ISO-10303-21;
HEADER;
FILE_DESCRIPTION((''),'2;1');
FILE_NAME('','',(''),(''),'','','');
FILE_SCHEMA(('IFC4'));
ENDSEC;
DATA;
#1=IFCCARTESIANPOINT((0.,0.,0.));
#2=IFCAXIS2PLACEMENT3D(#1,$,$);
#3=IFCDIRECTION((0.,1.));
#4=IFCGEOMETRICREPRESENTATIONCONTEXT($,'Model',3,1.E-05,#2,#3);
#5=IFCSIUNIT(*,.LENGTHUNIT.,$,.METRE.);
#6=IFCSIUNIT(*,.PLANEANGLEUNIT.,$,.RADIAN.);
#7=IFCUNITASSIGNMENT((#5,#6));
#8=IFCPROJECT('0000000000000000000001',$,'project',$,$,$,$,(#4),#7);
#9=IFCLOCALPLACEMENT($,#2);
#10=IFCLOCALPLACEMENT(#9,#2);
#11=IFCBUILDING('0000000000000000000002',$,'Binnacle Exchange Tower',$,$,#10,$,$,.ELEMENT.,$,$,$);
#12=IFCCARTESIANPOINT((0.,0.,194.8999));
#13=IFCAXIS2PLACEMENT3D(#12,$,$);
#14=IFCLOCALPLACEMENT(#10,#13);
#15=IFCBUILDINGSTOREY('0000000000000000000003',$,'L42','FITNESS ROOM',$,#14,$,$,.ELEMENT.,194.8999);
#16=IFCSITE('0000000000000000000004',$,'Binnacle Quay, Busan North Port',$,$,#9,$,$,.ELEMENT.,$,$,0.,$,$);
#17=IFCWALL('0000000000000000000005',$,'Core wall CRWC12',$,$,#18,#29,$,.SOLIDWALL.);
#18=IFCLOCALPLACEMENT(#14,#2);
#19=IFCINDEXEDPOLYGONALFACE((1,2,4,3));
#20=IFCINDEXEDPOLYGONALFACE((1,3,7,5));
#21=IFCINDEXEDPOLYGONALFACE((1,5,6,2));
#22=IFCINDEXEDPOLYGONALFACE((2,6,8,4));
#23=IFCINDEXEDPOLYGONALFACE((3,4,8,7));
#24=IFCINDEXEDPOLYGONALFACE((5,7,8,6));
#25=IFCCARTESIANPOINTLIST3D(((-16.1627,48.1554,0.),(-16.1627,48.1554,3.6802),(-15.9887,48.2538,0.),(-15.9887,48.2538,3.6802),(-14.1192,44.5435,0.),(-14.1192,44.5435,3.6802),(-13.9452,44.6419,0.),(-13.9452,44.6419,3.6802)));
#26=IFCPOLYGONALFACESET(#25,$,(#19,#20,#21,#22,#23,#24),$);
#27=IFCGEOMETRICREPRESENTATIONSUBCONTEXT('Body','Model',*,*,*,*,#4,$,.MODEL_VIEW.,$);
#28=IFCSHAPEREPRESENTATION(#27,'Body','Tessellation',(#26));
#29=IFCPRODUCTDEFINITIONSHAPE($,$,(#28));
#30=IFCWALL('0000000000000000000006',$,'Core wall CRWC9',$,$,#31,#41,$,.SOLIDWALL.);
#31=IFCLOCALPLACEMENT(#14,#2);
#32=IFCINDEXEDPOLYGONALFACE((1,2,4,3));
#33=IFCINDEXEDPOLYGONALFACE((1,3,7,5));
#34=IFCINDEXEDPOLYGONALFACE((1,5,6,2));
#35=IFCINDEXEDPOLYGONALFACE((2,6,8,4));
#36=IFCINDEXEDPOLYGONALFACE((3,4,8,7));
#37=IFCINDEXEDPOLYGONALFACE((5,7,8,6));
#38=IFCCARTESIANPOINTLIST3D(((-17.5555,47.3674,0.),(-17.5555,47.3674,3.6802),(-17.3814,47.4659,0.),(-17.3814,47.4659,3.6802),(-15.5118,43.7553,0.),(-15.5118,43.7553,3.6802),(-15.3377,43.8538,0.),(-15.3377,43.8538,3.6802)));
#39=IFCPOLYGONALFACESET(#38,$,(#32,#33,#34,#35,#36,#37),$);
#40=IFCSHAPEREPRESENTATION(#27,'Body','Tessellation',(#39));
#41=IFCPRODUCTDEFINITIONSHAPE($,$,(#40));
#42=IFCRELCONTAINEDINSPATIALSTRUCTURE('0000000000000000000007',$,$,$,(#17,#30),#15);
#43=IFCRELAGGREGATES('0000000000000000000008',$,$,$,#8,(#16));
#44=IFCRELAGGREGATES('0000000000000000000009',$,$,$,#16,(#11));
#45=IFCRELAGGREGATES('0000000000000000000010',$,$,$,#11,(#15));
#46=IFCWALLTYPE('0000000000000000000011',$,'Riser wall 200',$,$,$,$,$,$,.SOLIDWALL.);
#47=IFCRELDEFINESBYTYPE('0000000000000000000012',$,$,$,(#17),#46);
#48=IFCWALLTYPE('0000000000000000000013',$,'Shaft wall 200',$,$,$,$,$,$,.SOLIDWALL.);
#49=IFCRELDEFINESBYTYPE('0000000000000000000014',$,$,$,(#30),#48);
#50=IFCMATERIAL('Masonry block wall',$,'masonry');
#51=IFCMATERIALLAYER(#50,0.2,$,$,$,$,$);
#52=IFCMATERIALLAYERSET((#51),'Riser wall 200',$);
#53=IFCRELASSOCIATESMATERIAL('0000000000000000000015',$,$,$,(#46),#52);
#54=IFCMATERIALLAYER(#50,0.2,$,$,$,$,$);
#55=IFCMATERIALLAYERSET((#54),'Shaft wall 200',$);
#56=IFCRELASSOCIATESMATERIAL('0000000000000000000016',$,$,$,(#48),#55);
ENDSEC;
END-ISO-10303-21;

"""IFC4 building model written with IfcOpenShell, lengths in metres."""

from ifc_helpers import new_model, si_unit, direction, frame, frame_2d, origin, place, context, subcontext, project, spatial, rectangle, extrude, material, layer, layer_set, type_object, element, save


model = new_model("IFC4")

# Units and contexts
model_context = context("Model", 3, precision=1e-05, world=origin(), true_north=direction((0.0, 1.0)))
body_context = subcontext(model_context, "Body", "Model", "MODEL_VIEW")
ifc_project = project(units=[si_unit("LENGTHUNIT", "METRE"), si_unit("PLANEANGLEUNIT", "RADIAN")], contexts=[model_context])

# Site, building, storey
site_placement = place(None, origin())
site = spatial("IfcSite", under=ifc_project, at=site_placement, Name="Binnacle Quay, Busan North Port", CompositionType="ELEMENT", RefElevation=0.0)
building_placement = place(site_placement, origin())
building = spatial("IfcBuilding", under=site, at=building_placement, Name="Binnacle Exchange Tower", CompositionType="ELEMENT")
storey_placement = place(building_placement, frame((0.0, 0.0, 194.8999)))
storey = spatial("IfcBuildingStorey", under=building, at=storey_placement, Name="L42", Description="FITNESS ROOM", CompositionType="ELEMENT", Elevation=194.8999)

# Walls
ifc_material_1 = material(Name="Masonry block wall", Category="masonry")
ifc_layer_1 = layer(ifc_material_1, 0.2)
ifc_layer_set_1 = layer_set([ifc_layer_1], Name="Riser wall 200")
wall_type_1 = type_object("IfcWallType", Name="Riser wall 200", PredefinedType="SOLIDWALL", material=ifc_layer_set_1)
wall_1_placement = place(storey_placement, frame((-16.0757, 48.2046, 0.0), z_axis=(0.0, 0.0, 1.0), x_axis=(0.492422, -0.870357, 0.0)))
element("IfcWall", 1, at=wall_1_placement, inside=storey, type_object=wall_type_1, Name="Core wall CRWC12", PredefinedType="SOLIDWALL", context=body_context, shape_type="SweptSolid", body=[
    extrude(rectangle(XDim=4.1499, YDim=0.2, at=frame_2d((2.075, 0.0))), origin(), (0.0, 0.0, 1.0), 3.6802),
])
ifc_layer_2 = layer(ifc_material_1, 0.2)
ifc_layer_set_2 = layer_set([ifc_layer_2], Name="Shaft wall 200")
wall_type_2 = type_object("IfcWallType", Name="Shaft wall 200", PredefinedType="SOLIDWALL", material=ifc_layer_set_2)
wall_2_placement = place(storey_placement, frame((-17.4685, 47.4167, 0.0), z_axis=(0.0, 0.0, 1.0), x_axis=(0.492441, -0.870346, 0.0)))
element("IfcWall", 2, at=wall_2_placement, inside=storey, type_object=wall_type_2, Name="Core wall CRWC9", PredefinedType="SOLIDWALL", context=body_context, shape_type="SweptSolid", body=[
    extrude(rectangle(XDim=4.1501, YDim=0.2, at=frame_2d((2.0752, 0.0))), origin(), (0.0, 0.0, 1.0), 3.6802),
])

save(model, "model.ifc")
